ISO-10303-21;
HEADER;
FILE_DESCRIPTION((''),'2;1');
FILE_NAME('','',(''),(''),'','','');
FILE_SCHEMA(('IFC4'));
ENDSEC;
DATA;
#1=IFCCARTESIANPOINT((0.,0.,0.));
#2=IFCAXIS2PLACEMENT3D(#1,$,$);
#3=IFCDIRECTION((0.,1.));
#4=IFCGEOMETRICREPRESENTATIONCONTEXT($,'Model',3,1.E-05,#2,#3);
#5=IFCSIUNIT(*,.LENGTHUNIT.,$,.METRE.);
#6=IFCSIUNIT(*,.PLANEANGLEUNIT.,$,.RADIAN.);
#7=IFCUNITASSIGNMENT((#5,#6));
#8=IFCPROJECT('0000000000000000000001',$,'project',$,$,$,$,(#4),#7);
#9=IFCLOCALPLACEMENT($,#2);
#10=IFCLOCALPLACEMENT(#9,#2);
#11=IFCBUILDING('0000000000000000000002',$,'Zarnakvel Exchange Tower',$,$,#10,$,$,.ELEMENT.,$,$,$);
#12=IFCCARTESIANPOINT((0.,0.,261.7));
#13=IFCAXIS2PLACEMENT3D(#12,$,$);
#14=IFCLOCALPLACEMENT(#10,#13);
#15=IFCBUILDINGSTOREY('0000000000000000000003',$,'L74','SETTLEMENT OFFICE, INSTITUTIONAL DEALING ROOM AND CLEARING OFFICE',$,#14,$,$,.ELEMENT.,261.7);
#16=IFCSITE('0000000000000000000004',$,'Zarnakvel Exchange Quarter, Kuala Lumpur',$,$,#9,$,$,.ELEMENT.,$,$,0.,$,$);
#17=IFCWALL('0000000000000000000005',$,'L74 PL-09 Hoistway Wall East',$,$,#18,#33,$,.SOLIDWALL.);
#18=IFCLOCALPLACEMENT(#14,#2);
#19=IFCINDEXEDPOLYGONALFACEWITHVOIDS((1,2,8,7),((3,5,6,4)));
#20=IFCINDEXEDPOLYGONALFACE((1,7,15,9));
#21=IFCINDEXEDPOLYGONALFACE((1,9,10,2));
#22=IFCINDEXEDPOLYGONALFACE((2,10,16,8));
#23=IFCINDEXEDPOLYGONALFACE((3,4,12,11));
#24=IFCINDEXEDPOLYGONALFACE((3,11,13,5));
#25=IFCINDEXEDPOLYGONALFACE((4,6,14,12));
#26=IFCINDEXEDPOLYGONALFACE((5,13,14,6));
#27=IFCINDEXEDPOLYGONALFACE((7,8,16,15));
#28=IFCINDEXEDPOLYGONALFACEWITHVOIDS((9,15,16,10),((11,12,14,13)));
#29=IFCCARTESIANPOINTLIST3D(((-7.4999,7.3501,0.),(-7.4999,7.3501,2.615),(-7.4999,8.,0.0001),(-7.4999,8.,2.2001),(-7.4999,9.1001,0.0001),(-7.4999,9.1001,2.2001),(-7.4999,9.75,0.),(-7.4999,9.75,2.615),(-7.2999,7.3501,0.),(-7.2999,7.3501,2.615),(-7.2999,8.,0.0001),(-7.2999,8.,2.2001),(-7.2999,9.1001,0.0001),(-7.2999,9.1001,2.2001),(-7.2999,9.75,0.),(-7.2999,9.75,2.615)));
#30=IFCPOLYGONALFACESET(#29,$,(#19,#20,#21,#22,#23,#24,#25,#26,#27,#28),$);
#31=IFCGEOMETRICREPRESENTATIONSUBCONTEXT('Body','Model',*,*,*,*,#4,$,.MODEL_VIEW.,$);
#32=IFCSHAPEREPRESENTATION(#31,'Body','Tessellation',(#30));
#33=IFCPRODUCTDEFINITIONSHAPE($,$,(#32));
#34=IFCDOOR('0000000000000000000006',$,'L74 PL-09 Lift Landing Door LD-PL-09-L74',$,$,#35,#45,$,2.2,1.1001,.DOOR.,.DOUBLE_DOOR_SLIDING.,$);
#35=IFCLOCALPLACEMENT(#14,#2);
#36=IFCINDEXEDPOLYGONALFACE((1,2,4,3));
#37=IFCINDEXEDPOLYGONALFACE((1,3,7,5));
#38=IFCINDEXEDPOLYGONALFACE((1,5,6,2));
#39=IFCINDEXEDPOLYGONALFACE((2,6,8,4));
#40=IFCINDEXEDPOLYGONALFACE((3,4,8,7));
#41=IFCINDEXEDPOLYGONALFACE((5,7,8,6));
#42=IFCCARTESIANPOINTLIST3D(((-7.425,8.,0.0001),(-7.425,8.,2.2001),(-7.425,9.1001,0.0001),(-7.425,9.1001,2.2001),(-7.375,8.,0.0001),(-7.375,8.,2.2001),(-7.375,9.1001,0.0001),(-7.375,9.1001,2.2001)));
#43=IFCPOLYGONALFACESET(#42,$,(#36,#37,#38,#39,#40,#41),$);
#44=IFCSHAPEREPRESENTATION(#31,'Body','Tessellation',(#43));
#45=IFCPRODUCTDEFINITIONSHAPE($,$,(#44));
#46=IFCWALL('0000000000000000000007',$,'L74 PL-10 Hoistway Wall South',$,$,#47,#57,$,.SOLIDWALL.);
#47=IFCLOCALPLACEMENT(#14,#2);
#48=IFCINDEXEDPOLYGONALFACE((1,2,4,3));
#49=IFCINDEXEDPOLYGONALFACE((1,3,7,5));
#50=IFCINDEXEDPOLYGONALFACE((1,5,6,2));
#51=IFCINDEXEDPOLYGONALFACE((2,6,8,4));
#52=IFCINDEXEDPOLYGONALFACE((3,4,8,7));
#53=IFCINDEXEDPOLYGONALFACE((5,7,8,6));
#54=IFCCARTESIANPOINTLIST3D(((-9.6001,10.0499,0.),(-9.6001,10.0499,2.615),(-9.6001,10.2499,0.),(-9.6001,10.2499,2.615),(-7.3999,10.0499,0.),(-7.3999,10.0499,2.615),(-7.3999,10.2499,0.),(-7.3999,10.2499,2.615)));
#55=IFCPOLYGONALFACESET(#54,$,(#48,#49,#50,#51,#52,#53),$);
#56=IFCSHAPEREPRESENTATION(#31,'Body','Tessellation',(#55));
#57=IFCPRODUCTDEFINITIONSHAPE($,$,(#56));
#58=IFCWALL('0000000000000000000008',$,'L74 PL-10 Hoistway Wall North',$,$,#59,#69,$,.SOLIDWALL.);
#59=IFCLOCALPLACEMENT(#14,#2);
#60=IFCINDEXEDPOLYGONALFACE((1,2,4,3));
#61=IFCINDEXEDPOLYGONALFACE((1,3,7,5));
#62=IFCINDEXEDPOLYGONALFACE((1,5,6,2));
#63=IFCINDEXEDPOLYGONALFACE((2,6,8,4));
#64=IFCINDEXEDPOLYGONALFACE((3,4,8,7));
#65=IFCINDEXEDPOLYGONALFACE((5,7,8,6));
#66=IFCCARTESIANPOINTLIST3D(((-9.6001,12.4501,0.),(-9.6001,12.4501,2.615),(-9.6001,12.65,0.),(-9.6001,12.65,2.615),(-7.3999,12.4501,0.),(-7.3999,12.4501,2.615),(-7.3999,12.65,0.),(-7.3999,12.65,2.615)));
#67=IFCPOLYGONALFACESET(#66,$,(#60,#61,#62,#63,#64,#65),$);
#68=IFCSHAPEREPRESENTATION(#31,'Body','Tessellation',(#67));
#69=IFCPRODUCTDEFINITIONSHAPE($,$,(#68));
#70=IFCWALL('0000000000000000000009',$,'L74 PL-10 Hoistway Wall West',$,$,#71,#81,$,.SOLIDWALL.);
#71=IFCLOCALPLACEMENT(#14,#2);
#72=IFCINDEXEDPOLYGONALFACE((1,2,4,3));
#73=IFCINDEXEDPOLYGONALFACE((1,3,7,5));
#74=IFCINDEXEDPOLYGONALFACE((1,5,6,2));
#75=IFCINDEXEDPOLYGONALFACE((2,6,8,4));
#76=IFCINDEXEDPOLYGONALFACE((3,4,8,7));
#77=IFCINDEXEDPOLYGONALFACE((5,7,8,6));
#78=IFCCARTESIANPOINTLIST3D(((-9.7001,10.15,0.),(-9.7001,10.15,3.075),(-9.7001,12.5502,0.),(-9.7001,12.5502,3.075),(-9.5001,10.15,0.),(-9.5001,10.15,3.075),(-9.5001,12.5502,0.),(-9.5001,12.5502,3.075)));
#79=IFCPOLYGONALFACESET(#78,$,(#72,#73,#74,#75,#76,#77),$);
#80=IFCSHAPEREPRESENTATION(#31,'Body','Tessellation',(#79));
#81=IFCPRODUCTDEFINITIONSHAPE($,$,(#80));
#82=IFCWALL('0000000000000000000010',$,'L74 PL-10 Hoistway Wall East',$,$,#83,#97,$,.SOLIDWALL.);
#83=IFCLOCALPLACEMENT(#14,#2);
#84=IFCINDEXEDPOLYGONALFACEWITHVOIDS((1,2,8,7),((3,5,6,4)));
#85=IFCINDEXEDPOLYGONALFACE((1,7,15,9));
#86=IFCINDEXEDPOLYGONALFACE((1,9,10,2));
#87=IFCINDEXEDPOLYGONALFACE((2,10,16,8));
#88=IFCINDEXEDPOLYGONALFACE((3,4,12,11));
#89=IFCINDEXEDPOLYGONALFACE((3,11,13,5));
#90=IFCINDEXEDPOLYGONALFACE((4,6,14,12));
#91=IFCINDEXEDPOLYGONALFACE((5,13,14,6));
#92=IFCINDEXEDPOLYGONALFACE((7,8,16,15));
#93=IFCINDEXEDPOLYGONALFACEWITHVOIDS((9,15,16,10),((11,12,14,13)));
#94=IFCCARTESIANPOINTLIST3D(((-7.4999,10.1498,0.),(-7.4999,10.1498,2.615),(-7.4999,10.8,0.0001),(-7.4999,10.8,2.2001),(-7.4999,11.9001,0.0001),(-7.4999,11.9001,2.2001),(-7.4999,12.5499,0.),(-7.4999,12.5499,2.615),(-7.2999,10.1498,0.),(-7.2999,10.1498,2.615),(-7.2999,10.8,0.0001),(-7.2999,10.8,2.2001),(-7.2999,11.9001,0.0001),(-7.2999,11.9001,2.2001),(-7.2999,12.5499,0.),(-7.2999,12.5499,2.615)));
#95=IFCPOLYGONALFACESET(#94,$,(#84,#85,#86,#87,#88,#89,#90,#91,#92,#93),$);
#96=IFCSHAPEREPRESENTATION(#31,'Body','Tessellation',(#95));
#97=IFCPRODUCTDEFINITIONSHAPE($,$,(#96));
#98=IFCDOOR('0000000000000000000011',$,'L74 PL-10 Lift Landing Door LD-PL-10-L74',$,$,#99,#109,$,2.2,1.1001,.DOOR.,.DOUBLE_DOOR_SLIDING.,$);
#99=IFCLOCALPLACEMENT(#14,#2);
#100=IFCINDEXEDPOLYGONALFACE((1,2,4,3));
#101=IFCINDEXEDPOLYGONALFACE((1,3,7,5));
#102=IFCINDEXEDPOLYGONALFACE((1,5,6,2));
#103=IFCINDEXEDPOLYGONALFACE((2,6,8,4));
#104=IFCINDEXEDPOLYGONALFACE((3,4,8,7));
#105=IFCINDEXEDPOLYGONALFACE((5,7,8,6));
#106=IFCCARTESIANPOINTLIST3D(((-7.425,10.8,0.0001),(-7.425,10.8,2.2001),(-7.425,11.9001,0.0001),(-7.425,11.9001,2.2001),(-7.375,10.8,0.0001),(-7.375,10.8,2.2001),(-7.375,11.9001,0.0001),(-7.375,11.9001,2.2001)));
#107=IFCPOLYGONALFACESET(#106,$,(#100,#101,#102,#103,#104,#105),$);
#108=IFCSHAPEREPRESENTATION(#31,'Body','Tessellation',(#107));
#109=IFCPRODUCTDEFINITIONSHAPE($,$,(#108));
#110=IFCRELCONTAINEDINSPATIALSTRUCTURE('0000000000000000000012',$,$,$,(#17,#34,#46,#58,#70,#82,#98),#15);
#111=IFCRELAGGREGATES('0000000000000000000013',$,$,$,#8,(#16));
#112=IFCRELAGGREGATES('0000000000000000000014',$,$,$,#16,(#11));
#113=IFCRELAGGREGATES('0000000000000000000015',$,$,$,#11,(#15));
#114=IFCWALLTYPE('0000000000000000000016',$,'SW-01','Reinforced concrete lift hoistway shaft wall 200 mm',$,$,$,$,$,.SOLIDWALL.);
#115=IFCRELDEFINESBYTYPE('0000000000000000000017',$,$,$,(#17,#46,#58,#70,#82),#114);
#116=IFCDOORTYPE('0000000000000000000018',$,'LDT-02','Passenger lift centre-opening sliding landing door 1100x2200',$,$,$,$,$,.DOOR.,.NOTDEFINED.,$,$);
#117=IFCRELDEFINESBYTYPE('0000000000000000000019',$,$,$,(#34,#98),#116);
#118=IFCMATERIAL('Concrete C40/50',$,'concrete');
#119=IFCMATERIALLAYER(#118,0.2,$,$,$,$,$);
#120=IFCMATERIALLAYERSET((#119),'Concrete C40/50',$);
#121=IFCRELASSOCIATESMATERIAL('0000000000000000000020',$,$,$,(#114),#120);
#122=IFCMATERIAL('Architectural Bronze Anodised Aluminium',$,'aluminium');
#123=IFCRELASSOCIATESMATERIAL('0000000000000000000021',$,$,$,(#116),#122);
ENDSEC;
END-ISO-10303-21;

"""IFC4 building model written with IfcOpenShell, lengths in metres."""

from ifc_helpers import new_model, si_unit, direction, frame, frame_2d, origin, place, context, subcontext, project, spatial, rectangle, extrude, source, transform, mapped, material, layer, layer_set, type_object, element, fill, save


model = new_model("IFC4")

# Units and contexts
model_context = context("Model", 3, precision=1e-05, world=origin(), true_north=direction((0.0, 1.0)))
body_context = subcontext(model_context, "Body", "Model", "MODEL_VIEW")
ifc_project = project(units=[si_unit("LENGTHUNIT", "METRE"), si_unit("PLANEANGLEUNIT", "RADIAN")], contexts=[model_context])

# Site, building, storey
site_placement = place(None, origin())
site = spatial("IfcSite", under=ifc_project, at=site_placement, Name="Zarnakvel Exchange Quarter, Kuala Lumpur", CompositionType="ELEMENT", RefElevation=0.0)
building_placement = place(site_placement, origin())
building = spatial("IfcBuilding", under=site, at=building_placement, Name="Zarnakvel Exchange Tower", CompositionType="ELEMENT")
storey_placement = place(building_placement, frame((0.0, 0.0, 261.7)))
storey = spatial("IfcBuildingStorey", under=building, at=storey_placement, Name="L74", Description="SETTLEMENT OFFICE, INSTITUTIONAL DEALING ROOM AND CLEARING OFFICE", CompositionType="ELEMENT", Elevation=261.7)

# Shared definitions
ifc_material_1 = material(Name="Architectural Bronze Anodised Aluminium", Category="aluminium")

# Shared definitions
ifc_material_2 = material(Name="Concrete C40/50", Category="concrete")
ifc_layer_1 = layer(ifc_material_2, 0.2)
ifc_layer_set_1 = layer_set([ifc_layer_1], Name="Concrete C40/50")
wall_type_1 = type_object("IfcWallType", Name="SW-01", Description="Reinforced concrete lift hoistway shaft wall 200 mm", PredefinedType="SOLIDWALL", material=ifc_layer_set_1)

# Wall, opening, door
wall_1_placement = place(storey_placement, frame((-7.3999, 9.75, 0.0), z_axis=(0.0, 0.0, 1.0), x_axis=(0.0, -1.0, 0.0)))
wall_1 = element("IfcWall", 1, at=wall_1_placement, inside=storey, type_object=wall_type_1, Name="L74 PL-09 Hoistway Wall East", PredefinedType="SOLIDWALL", context=body_context, shape_type="SweptSolid", body=[
    extrude(rectangle(XDim=2.3999, YDim=0.2, at=frame_2d((1.2, 0.0))), origin(), (0.0, 0.0, 1.0), 2.615),
])
opening_1_placement = place(wall_1_placement, frame((0.6499, 0.0, 0.0)))
opening_1 = element("IfcOpeningElement", 2, at=opening_1_placement, cuts=wall_1, PredefinedType="OPENING", context=body_context, shape_type="SweptSolid", body=[
    extrude(rectangle(XDim=1.1001, YDim=2.2, at=frame_2d((0.55, 1.1001))), frame((0.0, 0.1099, 0.0), z_axis=(0.0, -1.0, 0.0), x_axis=(1.0, 0.0, 0.0)), (0.0, 0.0, 1.0), 0.22),
])
door_type_1 = type_object("IfcDoorType", Name="LDT-02", Description="Passenger lift centre-opening sliding landing door 1100x2200", OperationType="NOTDEFINED", PredefinedType="DOOR", material=ifc_material_1)
shared_shape_1 = source(origin(), body_context, "Body", "SweptSolid", [
    extrude(rectangle(XDim=1.1001, YDim=2.2, at=frame_2d((0.55, 1.1001))), frame((0.0, 0.0249, 0.0), z_axis=(0.0, -1.0, 0.0), x_axis=(1.0, 0.0, 0.0)), (0.0, 0.0, 1.0), 0.05),
])
door_1_placement = place(opening_1_placement, origin())
door_1 = element("IfcDoor", 3, at=door_1_placement, inside=storey, type_object=door_type_1, Name="L74 PL-09 Lift Landing Door LD-PL-09-L74", OperationType="DOUBLE_DOOR_SLIDING", OverallHeight=2.2, OverallWidth=1.1001, PredefinedType="DOOR", context=body_context, shape_type="MappedRepresentation", body=[
    mapped(shared_shape_1, transform((0.0, 0.0, 0.0), x_axis=(1.0, 0.0, 0.0), y_axis=(0.0, 1.0, 0.0), z_axis=(0.0, 0.0, 1.0), scale=1.0)),
])
fill(opening_1, door_1)

# Walls
for number, where, z_axis, x_axis, name in (
    (4, (-7.3999, 10.1499, 0.0), (0.0, 0.0, 1.0), (-1.0, 0.0, 0.0), "L74 PL-10 Hoistway Wall South"),
    (5, (-9.6001, 12.55, 0.0), (0.0, 0.0, 1.0), (1.0, 0.0, 0.0), "L74 PL-10 Hoistway Wall North"),
):
    element("IfcWall", number, at=place(storey_placement, frame(where, z_axis=z_axis, x_axis=x_axis)), inside=storey, type_object=wall_type_1, Name=name, PredefinedType="SOLIDWALL", context=body_context, shape_type="SweptSolid", body=[
        extrude(rectangle(XDim=2.2002, YDim=0.2, at=frame_2d((1.1001, 0.0))), origin(), (0.0, 0.0, 1.0), 2.615),
    ])
wall_2_placement = place(storey_placement, frame((-9.6001, 10.1499, 0.0), z_axis=(0.0, 0.0, 1.0), x_axis=(0.0, 1.0, 0.0)))
element("IfcWall", 6, at=wall_2_placement, inside=storey, type_object=wall_type_1, Name="L74 PL-10 Hoistway Wall West", PredefinedType="SOLIDWALL", context=body_context, shape_type="SweptSolid", body=[
    extrude(rectangle(XDim=2.4001, YDim=0.2, at=frame_2d((1.2002, 0.0))), origin(), (0.0, 0.0, 1.0), 3.075),
])

# Wall, opening, door
wall_3_placement = place(storey_placement, frame((-7.3999, 12.55, 0.0), z_axis=(0.0, 0.0, 1.0), x_axis=(0.0, -1.0, 0.0)))
wall_3 = element("IfcWall", 7, at=wall_3_placement, inside=storey, type_object=wall_type_1, Name="L74 PL-10 Hoistway Wall East", PredefinedType="SOLIDWALL", context=body_context, shape_type="SweptSolid", body=[
    extrude(rectangle(XDim=2.4001, YDim=0.2, at=frame_2d((1.2002, 0.0))), origin(), (0.0, 0.0, 1.0), 2.615),
])
opening_2_placement = place(wall_3_placement, frame((0.6499, 0.0, 0.0)))
opening_2 = element("IfcOpeningElement", 8, at=opening_2_placement, cuts=wall_3, PredefinedType="OPENING", context=body_context, shape_type="SweptSolid", body=[
    extrude(rectangle(XDim=1.1001, YDim=2.2, at=frame_2d((0.55, 1.1001))), frame((0.0, 0.1099, 0.0), z_axis=(0.0, -1.0, 0.0), x_axis=(1.0, 0.0, 0.0)), (0.0, 0.0, 1.0), 0.22),
])
door_2_placement = place(opening_2_placement, origin())
door_2 = element("IfcDoor", 9, at=door_2_placement, inside=storey, type_object=door_type_1, Name="L74 PL-10 Lift Landing Door LD-PL-10-L74", OperationType="DOUBLE_DOOR_SLIDING", OverallHeight=2.2, OverallWidth=1.1001, PredefinedType="DOOR", context=body_context, shape_type="MappedRepresentation", body=[
    mapped(shared_shape_1, transform((0.0, 0.0, 0.0), x_axis=(1.0, 0.0, 0.0), y_axis=(0.0, 1.0, 0.0), z_axis=(0.0, 0.0, 1.0), scale=1.0)),
])
fill(opening_2, door_2)

save(model, "model.ifc")
